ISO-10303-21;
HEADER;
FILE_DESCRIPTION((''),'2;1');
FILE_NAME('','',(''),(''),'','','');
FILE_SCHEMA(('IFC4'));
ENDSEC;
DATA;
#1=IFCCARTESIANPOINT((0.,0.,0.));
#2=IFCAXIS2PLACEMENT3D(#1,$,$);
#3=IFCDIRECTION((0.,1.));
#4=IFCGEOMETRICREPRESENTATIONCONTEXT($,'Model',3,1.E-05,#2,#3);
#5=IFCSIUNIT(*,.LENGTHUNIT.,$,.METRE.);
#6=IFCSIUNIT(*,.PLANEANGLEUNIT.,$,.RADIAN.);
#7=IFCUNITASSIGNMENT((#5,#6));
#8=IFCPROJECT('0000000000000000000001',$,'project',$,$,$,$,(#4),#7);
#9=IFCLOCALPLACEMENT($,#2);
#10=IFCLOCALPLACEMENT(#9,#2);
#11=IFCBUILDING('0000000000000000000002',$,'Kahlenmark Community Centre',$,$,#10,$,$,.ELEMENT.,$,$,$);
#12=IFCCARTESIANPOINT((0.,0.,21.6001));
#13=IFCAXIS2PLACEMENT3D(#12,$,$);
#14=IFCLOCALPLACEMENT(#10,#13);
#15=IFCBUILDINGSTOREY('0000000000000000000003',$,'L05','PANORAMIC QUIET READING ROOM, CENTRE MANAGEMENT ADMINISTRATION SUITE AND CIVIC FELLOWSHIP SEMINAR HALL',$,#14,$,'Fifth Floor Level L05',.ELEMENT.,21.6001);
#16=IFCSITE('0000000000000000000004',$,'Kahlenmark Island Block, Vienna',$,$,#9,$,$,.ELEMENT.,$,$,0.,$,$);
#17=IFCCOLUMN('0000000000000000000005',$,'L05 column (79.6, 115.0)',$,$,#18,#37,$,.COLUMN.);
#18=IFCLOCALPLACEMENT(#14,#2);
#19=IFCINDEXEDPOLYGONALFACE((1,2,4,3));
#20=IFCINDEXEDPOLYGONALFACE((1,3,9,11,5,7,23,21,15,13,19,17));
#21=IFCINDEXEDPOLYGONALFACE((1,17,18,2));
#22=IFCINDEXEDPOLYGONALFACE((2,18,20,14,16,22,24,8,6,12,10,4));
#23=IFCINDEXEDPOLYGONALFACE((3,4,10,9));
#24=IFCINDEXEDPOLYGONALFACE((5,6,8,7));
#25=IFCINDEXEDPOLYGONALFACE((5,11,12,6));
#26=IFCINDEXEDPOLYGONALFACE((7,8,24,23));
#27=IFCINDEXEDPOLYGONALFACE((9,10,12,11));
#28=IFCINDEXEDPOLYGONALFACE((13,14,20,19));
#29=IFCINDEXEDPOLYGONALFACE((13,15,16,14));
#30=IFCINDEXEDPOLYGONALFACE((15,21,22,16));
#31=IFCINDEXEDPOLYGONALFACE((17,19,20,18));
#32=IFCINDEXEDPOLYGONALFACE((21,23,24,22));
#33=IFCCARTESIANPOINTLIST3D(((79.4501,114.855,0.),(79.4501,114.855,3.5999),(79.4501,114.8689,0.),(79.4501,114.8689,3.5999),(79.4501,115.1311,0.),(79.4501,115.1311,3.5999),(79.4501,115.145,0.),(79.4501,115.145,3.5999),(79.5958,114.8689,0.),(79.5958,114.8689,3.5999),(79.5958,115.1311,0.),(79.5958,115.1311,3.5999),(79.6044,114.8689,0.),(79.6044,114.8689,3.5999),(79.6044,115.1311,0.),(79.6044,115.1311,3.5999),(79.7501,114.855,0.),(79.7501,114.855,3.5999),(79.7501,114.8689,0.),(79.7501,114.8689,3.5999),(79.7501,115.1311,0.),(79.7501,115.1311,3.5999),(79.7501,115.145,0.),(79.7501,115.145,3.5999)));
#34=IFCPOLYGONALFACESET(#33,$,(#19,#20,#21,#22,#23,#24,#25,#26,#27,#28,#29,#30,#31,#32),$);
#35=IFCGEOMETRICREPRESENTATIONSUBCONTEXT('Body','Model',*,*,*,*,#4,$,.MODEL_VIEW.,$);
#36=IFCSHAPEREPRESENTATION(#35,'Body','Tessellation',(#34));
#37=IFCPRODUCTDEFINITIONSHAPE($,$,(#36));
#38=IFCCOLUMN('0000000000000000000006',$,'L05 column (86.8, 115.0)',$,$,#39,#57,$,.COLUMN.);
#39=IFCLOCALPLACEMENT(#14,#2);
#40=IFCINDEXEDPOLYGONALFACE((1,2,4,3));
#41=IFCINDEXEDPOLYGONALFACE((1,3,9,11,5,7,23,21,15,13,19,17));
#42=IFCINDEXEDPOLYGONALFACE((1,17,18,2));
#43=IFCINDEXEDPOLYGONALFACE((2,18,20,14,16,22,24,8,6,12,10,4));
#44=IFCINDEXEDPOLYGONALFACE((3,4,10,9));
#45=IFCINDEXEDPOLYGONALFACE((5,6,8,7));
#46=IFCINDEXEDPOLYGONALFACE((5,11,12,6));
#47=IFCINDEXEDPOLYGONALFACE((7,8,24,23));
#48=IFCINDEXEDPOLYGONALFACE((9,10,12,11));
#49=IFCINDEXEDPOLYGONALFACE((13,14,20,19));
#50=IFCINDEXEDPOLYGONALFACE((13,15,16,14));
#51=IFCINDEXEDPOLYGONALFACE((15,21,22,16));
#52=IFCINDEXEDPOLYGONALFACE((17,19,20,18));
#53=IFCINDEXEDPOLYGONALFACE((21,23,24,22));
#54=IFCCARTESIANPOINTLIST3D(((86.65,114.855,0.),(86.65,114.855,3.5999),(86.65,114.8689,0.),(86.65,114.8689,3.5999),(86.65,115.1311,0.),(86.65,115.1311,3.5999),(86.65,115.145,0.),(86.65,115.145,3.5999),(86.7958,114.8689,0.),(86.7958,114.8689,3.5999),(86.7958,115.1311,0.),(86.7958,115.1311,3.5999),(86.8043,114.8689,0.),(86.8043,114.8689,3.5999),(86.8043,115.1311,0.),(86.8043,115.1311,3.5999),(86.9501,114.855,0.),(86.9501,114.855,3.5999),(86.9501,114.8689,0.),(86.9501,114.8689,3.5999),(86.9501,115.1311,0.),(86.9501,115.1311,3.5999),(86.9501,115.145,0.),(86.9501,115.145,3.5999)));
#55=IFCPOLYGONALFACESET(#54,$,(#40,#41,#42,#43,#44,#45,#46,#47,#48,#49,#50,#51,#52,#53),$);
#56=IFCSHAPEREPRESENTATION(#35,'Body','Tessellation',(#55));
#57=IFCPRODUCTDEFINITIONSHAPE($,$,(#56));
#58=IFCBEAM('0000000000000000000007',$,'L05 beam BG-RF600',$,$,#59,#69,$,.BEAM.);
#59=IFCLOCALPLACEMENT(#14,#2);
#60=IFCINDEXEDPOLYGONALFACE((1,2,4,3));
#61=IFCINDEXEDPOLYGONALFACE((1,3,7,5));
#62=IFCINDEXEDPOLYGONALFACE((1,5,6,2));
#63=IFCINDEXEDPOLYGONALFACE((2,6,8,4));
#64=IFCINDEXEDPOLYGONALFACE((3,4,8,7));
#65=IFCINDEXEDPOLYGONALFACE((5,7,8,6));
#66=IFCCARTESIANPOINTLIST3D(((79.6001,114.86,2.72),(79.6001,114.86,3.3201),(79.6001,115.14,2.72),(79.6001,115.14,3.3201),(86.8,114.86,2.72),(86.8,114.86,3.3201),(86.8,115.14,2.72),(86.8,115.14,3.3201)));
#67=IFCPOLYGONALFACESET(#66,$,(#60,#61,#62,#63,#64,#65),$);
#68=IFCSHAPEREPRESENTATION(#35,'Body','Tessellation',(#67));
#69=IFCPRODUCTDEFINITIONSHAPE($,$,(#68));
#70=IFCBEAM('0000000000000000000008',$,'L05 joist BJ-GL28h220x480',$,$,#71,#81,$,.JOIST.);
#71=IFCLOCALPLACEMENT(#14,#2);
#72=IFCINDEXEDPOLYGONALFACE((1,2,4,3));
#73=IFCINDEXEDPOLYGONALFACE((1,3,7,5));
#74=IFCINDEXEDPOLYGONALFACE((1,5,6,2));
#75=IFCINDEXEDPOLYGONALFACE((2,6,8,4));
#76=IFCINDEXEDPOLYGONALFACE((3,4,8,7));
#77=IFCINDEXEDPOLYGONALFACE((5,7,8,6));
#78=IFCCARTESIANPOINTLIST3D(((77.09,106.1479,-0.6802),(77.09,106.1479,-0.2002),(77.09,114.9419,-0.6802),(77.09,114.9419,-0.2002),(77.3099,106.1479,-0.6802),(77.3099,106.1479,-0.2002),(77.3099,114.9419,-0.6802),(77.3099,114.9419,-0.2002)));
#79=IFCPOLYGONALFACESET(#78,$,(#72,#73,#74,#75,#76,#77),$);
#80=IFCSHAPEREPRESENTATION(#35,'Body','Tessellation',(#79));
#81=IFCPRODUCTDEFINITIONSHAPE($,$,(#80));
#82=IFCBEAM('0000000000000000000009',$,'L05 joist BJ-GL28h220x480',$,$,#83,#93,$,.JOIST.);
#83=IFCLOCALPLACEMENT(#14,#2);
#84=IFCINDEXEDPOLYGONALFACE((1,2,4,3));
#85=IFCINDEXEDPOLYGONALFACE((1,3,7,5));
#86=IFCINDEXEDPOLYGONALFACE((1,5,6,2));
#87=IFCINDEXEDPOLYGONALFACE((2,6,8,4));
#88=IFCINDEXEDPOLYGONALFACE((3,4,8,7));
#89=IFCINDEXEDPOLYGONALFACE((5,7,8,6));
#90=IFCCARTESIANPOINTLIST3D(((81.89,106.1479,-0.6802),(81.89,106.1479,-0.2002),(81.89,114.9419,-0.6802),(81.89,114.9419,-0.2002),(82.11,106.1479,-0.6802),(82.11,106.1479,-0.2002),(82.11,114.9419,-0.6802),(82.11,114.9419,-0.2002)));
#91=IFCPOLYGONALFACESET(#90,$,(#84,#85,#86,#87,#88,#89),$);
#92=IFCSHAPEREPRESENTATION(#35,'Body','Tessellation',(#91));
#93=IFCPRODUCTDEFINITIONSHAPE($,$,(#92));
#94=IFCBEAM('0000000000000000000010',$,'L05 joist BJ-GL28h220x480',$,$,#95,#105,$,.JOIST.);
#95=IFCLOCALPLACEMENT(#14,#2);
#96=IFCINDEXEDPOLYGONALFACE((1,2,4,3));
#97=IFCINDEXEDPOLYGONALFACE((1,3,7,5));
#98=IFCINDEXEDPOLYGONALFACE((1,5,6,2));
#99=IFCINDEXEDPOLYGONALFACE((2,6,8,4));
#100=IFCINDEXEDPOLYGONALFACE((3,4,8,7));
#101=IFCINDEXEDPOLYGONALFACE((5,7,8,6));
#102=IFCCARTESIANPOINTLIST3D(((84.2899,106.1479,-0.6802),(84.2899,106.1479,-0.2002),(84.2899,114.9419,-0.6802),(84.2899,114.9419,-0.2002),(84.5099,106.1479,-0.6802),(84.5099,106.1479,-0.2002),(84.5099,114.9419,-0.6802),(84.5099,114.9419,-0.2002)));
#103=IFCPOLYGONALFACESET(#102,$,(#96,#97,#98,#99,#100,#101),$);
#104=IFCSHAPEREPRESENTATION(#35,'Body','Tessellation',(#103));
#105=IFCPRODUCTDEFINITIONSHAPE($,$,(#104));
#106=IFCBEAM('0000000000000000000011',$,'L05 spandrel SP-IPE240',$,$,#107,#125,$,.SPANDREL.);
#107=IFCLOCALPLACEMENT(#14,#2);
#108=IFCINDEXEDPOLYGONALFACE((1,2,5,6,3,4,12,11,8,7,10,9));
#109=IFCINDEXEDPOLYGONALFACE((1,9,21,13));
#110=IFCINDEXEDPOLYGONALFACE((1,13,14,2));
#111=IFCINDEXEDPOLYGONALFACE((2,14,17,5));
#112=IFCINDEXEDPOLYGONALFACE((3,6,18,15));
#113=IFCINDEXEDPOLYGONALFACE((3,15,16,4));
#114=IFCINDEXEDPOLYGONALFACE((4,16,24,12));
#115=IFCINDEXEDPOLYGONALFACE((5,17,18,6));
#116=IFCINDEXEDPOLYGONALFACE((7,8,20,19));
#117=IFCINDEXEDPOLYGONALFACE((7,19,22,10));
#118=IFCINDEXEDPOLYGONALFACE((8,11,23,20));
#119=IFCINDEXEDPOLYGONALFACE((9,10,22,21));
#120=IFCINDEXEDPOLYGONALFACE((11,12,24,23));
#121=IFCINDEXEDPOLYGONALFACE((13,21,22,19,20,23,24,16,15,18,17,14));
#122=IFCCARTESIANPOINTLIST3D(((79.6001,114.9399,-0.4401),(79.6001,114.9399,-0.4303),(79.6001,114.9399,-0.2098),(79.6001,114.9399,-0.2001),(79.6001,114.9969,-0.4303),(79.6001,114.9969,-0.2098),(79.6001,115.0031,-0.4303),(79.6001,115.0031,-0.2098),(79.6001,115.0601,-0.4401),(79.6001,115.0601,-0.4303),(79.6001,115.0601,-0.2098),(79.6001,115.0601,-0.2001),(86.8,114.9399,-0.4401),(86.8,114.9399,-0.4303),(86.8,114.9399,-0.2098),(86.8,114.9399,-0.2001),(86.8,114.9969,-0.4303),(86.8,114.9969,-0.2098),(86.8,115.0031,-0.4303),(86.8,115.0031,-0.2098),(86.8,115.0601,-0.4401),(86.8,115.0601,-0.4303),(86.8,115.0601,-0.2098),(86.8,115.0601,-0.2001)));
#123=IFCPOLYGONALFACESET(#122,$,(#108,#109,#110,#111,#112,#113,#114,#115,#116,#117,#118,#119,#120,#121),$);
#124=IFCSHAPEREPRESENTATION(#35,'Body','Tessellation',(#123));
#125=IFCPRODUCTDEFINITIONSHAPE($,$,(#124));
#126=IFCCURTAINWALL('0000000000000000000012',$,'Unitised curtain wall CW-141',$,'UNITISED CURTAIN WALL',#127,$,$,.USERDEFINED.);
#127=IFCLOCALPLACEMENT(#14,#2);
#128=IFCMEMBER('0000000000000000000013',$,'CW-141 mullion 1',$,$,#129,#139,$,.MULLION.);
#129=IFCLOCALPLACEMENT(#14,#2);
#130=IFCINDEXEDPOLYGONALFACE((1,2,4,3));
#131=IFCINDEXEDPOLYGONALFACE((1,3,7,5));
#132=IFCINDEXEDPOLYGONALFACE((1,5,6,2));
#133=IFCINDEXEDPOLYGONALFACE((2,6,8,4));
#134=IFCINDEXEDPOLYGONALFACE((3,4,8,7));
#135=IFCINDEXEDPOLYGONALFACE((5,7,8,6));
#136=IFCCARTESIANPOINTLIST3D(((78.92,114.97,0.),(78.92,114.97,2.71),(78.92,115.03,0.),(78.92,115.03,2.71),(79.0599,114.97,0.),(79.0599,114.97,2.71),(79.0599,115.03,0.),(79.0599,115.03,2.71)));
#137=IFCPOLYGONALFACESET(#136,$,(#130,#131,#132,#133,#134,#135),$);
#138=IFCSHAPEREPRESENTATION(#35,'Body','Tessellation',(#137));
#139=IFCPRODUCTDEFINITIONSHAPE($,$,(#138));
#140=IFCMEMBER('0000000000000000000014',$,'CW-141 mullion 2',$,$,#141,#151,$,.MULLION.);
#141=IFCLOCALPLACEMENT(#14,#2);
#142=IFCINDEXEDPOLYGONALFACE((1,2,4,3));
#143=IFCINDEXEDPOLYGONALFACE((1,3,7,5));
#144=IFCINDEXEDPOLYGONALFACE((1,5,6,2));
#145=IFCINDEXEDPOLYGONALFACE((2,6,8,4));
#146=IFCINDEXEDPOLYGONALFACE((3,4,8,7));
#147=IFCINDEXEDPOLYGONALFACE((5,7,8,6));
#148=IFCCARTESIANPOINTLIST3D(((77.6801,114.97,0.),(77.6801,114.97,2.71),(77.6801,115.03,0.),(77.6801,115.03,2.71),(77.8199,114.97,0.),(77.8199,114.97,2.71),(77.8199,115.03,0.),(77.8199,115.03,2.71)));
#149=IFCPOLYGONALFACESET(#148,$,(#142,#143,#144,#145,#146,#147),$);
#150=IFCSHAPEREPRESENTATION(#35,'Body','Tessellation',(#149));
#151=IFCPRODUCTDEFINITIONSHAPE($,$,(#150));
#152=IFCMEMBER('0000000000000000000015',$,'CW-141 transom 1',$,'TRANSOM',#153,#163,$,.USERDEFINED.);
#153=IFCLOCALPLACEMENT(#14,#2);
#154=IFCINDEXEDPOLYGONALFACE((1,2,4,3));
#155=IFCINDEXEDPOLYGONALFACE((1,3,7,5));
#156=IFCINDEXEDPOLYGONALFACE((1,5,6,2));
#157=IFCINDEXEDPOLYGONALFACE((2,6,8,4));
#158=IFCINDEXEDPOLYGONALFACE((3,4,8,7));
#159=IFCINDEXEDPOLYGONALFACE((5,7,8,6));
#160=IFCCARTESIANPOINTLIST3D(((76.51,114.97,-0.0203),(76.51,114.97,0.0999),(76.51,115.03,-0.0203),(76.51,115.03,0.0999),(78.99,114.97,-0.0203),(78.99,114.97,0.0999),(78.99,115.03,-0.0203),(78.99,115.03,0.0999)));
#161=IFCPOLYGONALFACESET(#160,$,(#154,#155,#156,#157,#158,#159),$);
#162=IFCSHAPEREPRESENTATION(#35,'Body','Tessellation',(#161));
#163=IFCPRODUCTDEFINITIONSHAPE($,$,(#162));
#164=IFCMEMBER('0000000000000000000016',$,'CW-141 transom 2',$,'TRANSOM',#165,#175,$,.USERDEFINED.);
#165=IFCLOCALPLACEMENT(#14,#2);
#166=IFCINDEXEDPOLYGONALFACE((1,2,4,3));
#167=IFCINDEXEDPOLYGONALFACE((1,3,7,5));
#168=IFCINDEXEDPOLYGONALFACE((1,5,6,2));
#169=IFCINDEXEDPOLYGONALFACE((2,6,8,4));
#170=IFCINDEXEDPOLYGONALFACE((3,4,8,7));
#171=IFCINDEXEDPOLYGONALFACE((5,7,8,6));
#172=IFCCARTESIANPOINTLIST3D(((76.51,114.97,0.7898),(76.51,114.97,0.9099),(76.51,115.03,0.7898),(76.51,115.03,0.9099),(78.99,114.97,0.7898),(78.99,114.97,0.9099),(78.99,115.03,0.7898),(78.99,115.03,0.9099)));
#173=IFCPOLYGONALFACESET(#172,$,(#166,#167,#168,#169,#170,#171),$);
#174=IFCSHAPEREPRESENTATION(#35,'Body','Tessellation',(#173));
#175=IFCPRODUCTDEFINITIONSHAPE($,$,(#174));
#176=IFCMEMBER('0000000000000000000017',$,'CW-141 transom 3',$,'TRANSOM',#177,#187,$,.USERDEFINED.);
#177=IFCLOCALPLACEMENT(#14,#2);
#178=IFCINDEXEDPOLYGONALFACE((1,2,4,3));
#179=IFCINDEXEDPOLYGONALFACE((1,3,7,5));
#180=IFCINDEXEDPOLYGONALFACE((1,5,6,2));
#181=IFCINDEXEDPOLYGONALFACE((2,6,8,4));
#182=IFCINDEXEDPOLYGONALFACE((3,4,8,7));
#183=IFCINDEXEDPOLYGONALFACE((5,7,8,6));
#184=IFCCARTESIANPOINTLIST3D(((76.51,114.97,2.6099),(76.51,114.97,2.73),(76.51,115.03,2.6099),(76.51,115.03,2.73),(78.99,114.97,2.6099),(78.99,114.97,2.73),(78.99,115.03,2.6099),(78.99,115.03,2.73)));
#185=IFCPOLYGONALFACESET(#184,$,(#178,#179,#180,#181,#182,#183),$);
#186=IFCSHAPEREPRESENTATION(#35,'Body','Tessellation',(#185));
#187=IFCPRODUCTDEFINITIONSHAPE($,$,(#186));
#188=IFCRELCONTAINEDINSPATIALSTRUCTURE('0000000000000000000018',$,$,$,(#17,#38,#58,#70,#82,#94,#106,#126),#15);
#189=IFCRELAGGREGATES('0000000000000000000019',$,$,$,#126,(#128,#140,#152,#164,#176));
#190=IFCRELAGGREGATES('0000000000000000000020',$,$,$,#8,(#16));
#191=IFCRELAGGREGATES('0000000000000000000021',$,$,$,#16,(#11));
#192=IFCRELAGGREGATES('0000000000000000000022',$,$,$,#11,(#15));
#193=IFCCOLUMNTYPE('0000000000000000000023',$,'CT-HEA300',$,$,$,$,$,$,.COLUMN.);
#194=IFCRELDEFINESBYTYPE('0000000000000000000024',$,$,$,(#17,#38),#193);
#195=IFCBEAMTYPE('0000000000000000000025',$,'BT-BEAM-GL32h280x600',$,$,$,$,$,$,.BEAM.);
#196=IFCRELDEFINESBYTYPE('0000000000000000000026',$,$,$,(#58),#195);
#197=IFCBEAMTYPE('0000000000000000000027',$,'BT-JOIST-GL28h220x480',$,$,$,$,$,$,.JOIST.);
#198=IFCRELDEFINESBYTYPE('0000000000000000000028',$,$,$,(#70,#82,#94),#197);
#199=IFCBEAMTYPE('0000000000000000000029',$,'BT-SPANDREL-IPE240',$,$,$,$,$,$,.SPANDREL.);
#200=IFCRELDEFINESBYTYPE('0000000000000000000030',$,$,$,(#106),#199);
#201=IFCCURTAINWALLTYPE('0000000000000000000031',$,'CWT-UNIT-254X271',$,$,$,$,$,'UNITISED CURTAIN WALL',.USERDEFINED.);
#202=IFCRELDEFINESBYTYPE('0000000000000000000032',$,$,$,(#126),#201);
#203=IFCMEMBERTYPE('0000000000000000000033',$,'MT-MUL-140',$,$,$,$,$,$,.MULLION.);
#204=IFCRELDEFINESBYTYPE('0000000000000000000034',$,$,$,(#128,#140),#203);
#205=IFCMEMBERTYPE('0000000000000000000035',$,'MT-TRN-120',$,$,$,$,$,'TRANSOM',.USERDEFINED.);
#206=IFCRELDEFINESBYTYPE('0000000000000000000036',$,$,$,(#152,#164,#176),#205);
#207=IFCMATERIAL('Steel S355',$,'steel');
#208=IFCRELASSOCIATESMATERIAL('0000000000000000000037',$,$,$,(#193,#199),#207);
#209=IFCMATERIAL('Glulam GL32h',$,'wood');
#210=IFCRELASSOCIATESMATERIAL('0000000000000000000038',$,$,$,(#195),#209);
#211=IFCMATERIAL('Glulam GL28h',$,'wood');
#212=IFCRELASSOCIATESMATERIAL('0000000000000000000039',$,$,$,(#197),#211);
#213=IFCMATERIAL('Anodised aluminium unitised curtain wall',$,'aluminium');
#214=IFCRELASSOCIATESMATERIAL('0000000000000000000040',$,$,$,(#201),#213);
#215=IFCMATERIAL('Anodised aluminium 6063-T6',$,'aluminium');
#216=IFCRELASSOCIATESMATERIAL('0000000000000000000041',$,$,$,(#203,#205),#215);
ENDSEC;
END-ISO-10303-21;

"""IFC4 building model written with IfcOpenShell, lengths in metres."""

from ifc_helpers import new_model, si_unit, direction, frame, origin, origin_2d, place, context, subcontext, project, spatial, rectangle, i_section, extrude, material, material_profile, profile_set, type_object, element, aggregate, save


model = new_model("IFC4")

# Units and contexts
model_context = context("Model", 3, precision=1e-05, world=origin(), true_north=direction((0.0, 1.0)))
body_context = subcontext(model_context, "Body", "Model", "MODEL_VIEW")
ifc_project = project(units=[si_unit("LENGTHUNIT", "METRE"), si_unit("PLANEANGLEUNIT", "RADIAN")], contexts=[model_context])

# Site, building, storey
site_placement = place(None, origin())
site = spatial("IfcSite", under=ifc_project, at=site_placement, Name="Kahlenmark Island Block, Vienna", CompositionType="ELEMENT", RefElevation=0.0)
building_placement = place(site_placement, origin())
building = spatial("IfcBuilding", under=site, at=building_placement, Name="Kahlenmark Community Centre", CompositionType="ELEMENT")
storey_placement = place(building_placement, frame((0.0, 0.0, 21.6001)))
storey = spatial("IfcBuildingStorey", under=building, at=storey_placement, Name="L05", Description="PANORAMIC QUIET READING ROOM, CENTRE MANAGEMENT ADMINISTRATION SUITE AND CIVIC FELLOWSHIP SEMINAR HALL", LongName="Fifth Floor Level L05", CompositionType="ELEMENT", Elevation=21.6001)

# Columns
ifc_material_1 = material(Name="Steel S355", Category="steel")
ifc_material_profile_1 = material_profile(ifc_material_1, i_section(OverallWidth=0.3, OverallDepth=0.29, WebThickness=0.0085, FlangeThickness=0.0139, at=origin_2d()), Name="HEA 300")
ifc_profile_set_1 = profile_set([ifc_material_profile_1], Name="Steel S355")
column_type = type_object("IfcColumnType", Name="CT-HEA300", PredefinedType="COLUMN", material=ifc_profile_set_1)
for number, where, z_axis, x_axis, name in (
    (1, (79.6001, 115.0, 0.0), (0.0, 0.0, 1.0), (1.0, 0.0, 0.0), "L05 column (79.6, 115.0)"),
    (2, (86.8, 115.0, 0.0), (0.0, 0.0, 1.0), (1.0, 0.0, 0.0), "L05 column (86.8, 115.0)"),
):
    element("IfcColumn", number, at=place(storey_placement, frame(where, z_axis=z_axis, x_axis=x_axis)), inside=storey, type_object=column_type, Name=name, PredefinedType="COLUMN", context=body_context, shape_type="SweptSolid", body=[
        extrude(i_section(OverallWidth=0.3, OverallDepth=0.29, WebThickness=0.0085, FlangeThickness=0.0139, at=origin_2d()), origin(), (0.0, 0.0, 1.0), 3.5999),
    ])

# Beams
ifc_material_2 = material(Name="Glulam GL32h", Category="wood")
ifc_material_profile_2 = material_profile(ifc_material_2, rectangle(XDim=0.28, YDim=0.6001, at=origin_2d()), Name="GL32h 280x600")
ifc_profile_set_2 = profile_set([ifc_material_profile_2], Name="Glulam GL32h")
beam_type_1 = type_object("IfcBeamType", Name="BT-BEAM-GL32h280x600", PredefinedType="BEAM", material=ifc_profile_set_2)
beam_1_placement = place(storey_placement, frame((79.6001, 115.0, 3.02), z_axis=(1.0, 0.0, 0.0), x_axis=(0.0, 1.0, 0.0)))
element("IfcBeam", 3, at=beam_1_placement, inside=storey, type_object=beam_type_1, Name="L05 beam BG-RF600", PredefinedType="BEAM", context=body_context, shape_type="SweptSolid", body=[
    extrude(rectangle(XDim=0.28, YDim=0.6001, at=origin_2d()), origin(), (0.0, 0.0, 1.0), 7.2),
])
ifc_material_3 = material(Name="Glulam GL28h", Category="wood")
ifc_material_profile_3 = material_profile(ifc_material_3, rectangle(XDim=0.22, YDim=0.48, at=origin_2d()), Name="GL28h 220x480")
ifc_profile_set_3 = profile_set([ifc_material_profile_3], Name="Glulam GL28h")
beam_type_2 = type_object("IfcBeamType", Name="BT-JOIST-GL28h220x480", PredefinedType="JOIST", material=ifc_profile_set_3)
for number, where, z_axis, x_axis, name in (
    (4, (77.2, 106.1479, -0.4402), (0.0, 1.0, 0.0), (-1.0, 0.0, 0.0), "L05 joist BJ-GL28h220x480"),
    (5, (82.0, 106.1479, -0.4402), (0.0, 1.0, 0.0), (-1.0, 0.0, 0.0), "L05 joist BJ-GL28h220x480"),
    (6, (84.3999, 106.1479, -0.4402), (0.0, 1.0, 0.0), (-1.0, 0.0, 0.0), "L05 joist BJ-GL28h220x480"),
):
    element("IfcBeam", number, at=place(storey_placement, frame(where, z_axis=z_axis, x_axis=x_axis)), inside=storey, type_object=beam_type_2, Name=name, PredefinedType="JOIST", context=body_context, shape_type="SweptSolid", body=[
        extrude(rectangle(XDim=0.22, YDim=0.48, at=origin_2d()), origin(), (0.0, 0.0, 1.0), 8.7939),
    ])
ifc_material_profile_4 = material_profile(ifc_material_1, i_section(OverallWidth=0.1201, OverallDepth=0.24, WebThickness=0.0061, FlangeThickness=0.0098, at=origin_2d()), Name="IPE 240")
ifc_profile_set_4 = profile_set([ifc_material_profile_4], Name="Steel S355")
beam_type_3 = type_object("IfcBeamType", Name="BT-SPANDREL-IPE240", PredefinedType="SPANDREL", material=ifc_profile_set_4)
beam_2_placement = place(storey_placement, frame((79.6001, 115.0, -0.3201), z_axis=(1.0, 0.0, 0.0), x_axis=(0.0, 1.0, 0.0)))
element("IfcBeam", 7, at=beam_2_placement, inside=storey, type_object=beam_type_3, Name="L05 spandrel SP-IPE240", PredefinedType="SPANDREL", context=body_context, shape_type="SweptSolid", body=[
    extrude(i_section(OverallWidth=0.1201, OverallDepth=0.24, WebThickness=0.0061, FlangeThickness=0.0098, at=origin_2d()), origin(), (0.0, 0.0, 1.0), 7.2),
])

# Curtain wall, members
ifc_material_4 = material(Name="Anodised aluminium unitised curtain wall", Category="aluminium")
curtain_wall_type = type_object("IfcCurtainWallType", Name="CWT-UNIT-254X271", ElementType="UNITISED CURTAIN WALL", PredefinedType="USERDEFINED", material=ifc_material_4)
curtain_wall_placement = place(storey_placement, origin())
curtain_wall = element("IfcCurtainWall", 8, at=curtain_wall_placement, inside=storey, type_object=curtain_wall_type, Name="Unitised curtain wall CW-141", ObjectType="UNITISED CURTAIN WALL", PredefinedType="USERDEFINED")
ifc_material_5 = material(Name="Anodised aluminium 6063-T6", Category="aluminium")
ifc_material_profile_5 = material_profile(ifc_material_5, rectangle(XDim=0.0601, YDim=0.1399, at=origin_2d()), Name="ALU MULLION 60x140")
ifc_profile_set_5 = profile_set([ifc_material_profile_5], Name="Anodised aluminium 6063-T6")
member_type_1 = type_object("IfcMemberType", Name="MT-MUL-140", PredefinedType="MULLION", material=ifc_profile_set_5)
member_1_placement = place(storey_placement, frame((78.99, 115.0, 0.0), z_axis=(0.0, 0.0, 1.0), x_axis=(0.0, -1.0, 0.0)))
member_1 = element("IfcMember", 9, at=member_1_placement, type_object=member_type_1, Name="CW-141 mullion 1", PredefinedType="MULLION", context=body_context, shape_type="SweptSolid", body=[
    extrude(rectangle(XDim=0.0601, YDim=0.1399, at=origin_2d()), origin(), (0.0, 0.0, 1.0), 2.71),
])
member_2_placement = place(storey_placement, frame((77.75, 115.0, 0.0), z_axis=(0.0, 0.0, 1.0), x_axis=(0.0, -1.0, 0.0)))
member_2 = element("IfcMember", 10, at=member_2_placement, type_object=member_type_1, Name="CW-141 mullion 2", PredefinedType="MULLION", context=body_context, shape_type="SweptSolid", body=[
    extrude(rectangle(XDim=0.0601, YDim=0.1399, at=origin_2d()), origin(), (0.0, 0.0, 1.0), 2.71),
])
ifc_material_profile_6 = material_profile(ifc_material_5, rectangle(XDim=0.0601, YDim=0.1201, at=origin_2d()), Name="ALU TRANSOM 60x120")
ifc_profile_set_6 = profile_set([ifc_material_profile_6], Name="Anodised aluminium 6063-T6")
member_type_2 = type_object("IfcMemberType", Name="MT-TRN-120", ElementType="TRANSOM", PredefinedType="USERDEFINED", material=ifc_profile_set_6)
member_3_placement = place(storey_placement, frame((78.99, 115.0, 0.0398), z_axis=(-1.0, 0.0, 0.0), x_axis=(0.0, -1.0, 0.0)))
member_3 = element("IfcMember", 11, at=member_3_placement, type_object=member_type_2, Name="CW-141 transom 1", ObjectType="TRANSOM", PredefinedType="USERDEFINED", context=body_context, shape_type="SweptSolid", body=[
    extrude(rectangle(XDim=0.0601, YDim=0.1201, at=origin_2d()), origin(), (0.0, 0.0, 1.0), 2.48),
])
member_4_placement = place(storey_placement, frame((78.99, 115.0, 0.8499), z_axis=(-1.0, 0.0, 0.0), x_axis=(0.0, -1.0, 0.0)))
member_4 = element("IfcMember", 12, at=member_4_placement, type_object=member_type_2, Name="CW-141 transom 2", ObjectType="TRANSOM", PredefinedType="USERDEFINED", context=body_context, shape_type="SweptSolid", body=[
    extrude(rectangle(XDim=0.0601, YDim=0.1201, at=origin_2d()), origin(), (0.0, 0.0, 1.0), 2.48),
])
member_5_placement = place(storey_placement, frame((78.99, 115.0, 2.6699), z_axis=(-1.0, 0.0, 0.0), x_axis=(0.0, -1.0, 0.0)))
member_5 = element("IfcMember", 13, at=member_5_placement, type_object=member_type_2, Name="CW-141 transom 3", ObjectType="TRANSOM", PredefinedType="USERDEFINED", context=body_context, shape_type="SweptSolid", body=[
    extrude(rectangle(XDim=0.0601, YDim=0.1201, at=origin_2d()), origin(), (0.0, 0.0, 1.0), 2.48),
])
aggregate(curtain_wall, [member_1, member_2, member_3, member_4, member_5])

save(model, "model.ifc")
